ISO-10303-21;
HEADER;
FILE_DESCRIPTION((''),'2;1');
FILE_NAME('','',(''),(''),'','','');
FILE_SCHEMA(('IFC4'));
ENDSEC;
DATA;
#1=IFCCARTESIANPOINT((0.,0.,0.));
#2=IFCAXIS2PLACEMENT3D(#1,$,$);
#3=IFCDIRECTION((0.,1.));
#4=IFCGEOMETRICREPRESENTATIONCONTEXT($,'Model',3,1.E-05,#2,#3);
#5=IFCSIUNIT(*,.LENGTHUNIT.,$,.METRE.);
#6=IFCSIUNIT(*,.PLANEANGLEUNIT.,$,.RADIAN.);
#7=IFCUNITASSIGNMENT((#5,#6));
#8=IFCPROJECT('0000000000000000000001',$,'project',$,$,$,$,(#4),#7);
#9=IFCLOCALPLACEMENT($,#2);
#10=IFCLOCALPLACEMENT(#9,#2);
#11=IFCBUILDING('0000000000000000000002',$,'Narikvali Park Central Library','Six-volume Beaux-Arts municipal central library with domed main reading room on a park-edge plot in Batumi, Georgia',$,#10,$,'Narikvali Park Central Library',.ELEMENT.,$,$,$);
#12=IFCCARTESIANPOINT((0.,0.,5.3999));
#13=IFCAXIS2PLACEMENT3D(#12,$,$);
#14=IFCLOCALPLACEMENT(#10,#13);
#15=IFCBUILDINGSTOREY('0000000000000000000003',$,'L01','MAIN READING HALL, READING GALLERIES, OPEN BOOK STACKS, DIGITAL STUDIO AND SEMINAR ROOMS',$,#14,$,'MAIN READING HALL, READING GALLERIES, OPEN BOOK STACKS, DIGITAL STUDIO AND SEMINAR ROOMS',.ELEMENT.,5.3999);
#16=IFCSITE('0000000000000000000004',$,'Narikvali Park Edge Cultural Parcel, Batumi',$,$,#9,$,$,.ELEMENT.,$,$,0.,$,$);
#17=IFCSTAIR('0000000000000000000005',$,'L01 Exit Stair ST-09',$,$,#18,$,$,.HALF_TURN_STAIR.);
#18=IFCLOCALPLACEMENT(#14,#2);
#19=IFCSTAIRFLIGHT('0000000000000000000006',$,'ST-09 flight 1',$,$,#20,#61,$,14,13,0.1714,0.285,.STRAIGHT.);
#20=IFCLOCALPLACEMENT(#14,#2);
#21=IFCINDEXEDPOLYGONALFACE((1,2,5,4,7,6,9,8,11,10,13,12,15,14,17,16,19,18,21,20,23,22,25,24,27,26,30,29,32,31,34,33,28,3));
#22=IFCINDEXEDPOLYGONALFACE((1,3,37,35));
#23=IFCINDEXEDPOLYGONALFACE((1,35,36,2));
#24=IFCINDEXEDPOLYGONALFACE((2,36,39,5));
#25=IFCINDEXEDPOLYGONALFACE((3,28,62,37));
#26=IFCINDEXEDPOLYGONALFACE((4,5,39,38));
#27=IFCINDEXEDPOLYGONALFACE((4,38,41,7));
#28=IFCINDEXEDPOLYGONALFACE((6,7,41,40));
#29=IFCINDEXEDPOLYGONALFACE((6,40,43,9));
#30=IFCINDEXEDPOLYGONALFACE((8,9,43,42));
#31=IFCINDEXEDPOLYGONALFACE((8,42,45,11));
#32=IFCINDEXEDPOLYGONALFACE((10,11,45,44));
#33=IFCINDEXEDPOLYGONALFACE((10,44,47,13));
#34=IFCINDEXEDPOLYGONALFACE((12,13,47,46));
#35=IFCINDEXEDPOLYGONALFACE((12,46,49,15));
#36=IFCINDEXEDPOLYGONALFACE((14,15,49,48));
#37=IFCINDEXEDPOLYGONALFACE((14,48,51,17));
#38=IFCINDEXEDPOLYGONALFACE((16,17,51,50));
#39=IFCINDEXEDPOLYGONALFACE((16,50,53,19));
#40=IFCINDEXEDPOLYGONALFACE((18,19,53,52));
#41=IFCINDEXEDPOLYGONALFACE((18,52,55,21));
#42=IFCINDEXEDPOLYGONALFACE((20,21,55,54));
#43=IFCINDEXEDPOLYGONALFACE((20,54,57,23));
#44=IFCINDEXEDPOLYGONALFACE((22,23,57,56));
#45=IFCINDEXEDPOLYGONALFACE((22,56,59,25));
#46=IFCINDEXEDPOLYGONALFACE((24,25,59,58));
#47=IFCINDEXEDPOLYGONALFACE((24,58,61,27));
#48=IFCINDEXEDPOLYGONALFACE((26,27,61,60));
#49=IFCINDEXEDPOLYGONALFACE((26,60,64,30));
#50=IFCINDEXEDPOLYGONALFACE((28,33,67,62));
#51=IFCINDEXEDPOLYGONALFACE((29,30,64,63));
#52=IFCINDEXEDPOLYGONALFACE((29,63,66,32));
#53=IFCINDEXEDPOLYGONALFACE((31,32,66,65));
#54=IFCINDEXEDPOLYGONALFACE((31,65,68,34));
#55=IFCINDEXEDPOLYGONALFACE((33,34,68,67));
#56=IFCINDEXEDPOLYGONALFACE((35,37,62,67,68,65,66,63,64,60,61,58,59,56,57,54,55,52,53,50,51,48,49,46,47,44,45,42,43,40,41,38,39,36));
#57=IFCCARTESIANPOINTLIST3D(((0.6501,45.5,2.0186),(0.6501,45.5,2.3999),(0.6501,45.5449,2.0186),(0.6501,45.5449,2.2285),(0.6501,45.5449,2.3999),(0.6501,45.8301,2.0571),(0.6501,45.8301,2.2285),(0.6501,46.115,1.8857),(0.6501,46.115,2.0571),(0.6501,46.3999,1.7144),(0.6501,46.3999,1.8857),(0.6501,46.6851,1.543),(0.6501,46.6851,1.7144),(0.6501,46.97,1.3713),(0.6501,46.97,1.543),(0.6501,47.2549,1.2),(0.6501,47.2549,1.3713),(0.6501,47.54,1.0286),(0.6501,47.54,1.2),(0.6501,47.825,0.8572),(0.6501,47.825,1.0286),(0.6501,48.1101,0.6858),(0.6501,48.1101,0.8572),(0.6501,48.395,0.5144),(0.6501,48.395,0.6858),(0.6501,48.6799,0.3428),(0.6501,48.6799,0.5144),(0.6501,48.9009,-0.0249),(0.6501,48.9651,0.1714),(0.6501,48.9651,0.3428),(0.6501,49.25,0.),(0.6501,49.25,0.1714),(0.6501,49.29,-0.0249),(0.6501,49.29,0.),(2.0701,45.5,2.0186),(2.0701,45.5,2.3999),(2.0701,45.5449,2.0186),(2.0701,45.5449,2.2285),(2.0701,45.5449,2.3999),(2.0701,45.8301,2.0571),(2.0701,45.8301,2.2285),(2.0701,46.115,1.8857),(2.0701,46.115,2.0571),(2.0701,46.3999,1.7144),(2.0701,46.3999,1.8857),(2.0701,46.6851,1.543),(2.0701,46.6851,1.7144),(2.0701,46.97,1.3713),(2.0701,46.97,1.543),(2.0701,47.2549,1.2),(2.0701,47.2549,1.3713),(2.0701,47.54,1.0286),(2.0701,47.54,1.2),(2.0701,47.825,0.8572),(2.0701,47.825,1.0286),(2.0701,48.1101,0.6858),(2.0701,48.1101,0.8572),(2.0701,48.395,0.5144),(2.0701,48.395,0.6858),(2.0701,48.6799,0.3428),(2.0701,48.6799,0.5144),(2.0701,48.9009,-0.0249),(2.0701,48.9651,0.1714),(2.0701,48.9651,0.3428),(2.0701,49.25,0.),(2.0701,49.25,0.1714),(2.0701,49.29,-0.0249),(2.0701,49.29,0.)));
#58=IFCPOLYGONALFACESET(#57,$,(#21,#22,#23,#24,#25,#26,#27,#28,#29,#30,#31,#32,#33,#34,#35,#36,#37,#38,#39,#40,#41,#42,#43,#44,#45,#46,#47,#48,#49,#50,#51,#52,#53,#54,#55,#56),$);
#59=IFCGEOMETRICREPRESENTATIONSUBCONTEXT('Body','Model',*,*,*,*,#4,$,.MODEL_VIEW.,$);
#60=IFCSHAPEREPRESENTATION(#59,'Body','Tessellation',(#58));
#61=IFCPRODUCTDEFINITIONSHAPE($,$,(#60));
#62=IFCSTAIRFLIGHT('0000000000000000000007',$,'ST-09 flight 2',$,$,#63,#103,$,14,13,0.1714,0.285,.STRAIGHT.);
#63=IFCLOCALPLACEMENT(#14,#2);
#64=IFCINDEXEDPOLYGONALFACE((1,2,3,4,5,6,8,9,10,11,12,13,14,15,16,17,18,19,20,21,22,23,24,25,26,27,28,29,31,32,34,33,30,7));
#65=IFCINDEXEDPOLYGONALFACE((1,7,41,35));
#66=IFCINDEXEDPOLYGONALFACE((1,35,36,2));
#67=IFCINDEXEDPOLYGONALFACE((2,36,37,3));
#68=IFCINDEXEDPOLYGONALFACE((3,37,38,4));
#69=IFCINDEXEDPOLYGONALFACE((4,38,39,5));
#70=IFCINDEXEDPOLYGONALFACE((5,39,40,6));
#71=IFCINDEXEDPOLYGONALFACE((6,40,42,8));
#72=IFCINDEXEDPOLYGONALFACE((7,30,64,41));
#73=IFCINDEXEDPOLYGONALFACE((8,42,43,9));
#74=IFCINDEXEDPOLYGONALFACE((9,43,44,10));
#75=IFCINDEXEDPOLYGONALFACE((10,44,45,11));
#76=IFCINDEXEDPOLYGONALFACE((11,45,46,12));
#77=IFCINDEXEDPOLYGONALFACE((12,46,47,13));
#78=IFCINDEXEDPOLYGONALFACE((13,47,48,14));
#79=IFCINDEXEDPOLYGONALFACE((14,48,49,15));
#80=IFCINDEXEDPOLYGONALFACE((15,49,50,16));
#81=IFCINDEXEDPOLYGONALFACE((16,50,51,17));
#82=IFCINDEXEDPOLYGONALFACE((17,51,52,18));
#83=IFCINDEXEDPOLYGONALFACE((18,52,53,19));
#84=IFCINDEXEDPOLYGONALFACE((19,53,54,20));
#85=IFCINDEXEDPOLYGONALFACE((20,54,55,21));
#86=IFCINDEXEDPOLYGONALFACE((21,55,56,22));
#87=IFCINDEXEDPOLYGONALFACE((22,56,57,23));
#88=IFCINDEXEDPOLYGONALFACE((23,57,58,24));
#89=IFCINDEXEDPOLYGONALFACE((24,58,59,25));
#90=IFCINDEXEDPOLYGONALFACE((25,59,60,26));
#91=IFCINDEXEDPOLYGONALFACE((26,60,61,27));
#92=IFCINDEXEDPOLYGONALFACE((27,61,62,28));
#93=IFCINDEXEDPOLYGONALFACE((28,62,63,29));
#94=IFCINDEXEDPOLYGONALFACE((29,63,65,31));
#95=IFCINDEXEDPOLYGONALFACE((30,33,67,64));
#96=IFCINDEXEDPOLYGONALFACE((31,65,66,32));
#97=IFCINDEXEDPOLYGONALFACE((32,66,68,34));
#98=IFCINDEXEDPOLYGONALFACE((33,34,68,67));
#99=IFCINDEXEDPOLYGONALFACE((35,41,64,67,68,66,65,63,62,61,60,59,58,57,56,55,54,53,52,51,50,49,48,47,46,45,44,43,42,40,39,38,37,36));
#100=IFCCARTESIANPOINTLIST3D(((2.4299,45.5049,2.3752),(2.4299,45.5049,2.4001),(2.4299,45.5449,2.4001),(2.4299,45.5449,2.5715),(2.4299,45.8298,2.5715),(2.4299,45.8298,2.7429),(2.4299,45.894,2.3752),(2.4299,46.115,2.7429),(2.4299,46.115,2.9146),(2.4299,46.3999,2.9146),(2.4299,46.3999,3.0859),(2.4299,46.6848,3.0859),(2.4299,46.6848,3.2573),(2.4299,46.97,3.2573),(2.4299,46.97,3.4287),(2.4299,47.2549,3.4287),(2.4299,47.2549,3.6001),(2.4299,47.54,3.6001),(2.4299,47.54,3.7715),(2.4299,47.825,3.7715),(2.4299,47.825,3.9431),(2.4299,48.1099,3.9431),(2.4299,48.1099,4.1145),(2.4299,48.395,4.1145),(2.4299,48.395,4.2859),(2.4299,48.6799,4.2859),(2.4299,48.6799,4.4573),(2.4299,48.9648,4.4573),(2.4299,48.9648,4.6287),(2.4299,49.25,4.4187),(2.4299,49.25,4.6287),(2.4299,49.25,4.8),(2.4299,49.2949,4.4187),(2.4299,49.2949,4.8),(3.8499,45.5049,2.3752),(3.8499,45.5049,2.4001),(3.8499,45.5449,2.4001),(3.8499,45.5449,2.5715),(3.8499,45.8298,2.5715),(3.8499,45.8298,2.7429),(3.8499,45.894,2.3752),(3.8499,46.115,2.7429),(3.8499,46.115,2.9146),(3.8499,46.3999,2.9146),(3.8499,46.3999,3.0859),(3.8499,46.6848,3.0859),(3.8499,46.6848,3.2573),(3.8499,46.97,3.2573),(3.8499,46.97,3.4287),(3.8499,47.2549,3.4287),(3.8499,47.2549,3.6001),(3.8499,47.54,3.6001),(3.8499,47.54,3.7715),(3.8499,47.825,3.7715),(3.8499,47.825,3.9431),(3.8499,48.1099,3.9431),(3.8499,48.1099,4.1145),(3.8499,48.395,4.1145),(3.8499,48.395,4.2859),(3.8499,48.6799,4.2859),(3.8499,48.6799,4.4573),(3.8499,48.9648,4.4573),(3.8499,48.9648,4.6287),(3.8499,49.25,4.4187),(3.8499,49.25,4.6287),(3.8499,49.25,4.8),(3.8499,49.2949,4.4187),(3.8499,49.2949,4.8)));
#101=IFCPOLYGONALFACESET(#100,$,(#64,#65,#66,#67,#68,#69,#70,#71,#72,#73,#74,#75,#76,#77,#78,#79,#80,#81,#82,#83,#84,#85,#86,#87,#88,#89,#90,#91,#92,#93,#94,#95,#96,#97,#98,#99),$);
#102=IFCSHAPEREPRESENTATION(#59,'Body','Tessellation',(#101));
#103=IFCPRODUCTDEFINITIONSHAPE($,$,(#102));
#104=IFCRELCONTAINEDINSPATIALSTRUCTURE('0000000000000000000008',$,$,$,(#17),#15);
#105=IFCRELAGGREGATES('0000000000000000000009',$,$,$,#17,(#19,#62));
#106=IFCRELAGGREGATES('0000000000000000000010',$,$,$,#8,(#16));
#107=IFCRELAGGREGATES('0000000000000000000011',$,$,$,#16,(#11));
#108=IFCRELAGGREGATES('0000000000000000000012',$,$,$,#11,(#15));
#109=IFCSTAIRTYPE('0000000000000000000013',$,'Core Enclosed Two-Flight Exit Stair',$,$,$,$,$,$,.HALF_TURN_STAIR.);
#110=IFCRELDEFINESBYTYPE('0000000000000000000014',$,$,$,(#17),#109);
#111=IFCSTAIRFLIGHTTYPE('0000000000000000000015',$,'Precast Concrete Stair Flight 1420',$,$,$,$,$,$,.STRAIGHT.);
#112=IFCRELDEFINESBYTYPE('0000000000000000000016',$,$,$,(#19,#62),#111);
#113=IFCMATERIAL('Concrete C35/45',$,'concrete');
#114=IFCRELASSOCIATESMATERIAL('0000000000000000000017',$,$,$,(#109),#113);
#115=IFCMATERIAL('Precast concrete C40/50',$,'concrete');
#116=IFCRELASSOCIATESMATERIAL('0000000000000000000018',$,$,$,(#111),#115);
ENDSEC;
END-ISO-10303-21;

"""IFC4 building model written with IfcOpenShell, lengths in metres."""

from ifc_helpers import new_model, si_unit, direction, frame, origin, place, context, subcontext, project, spatial, polyline, outline, extrude, material, type_object, element, aggregate, save


model = new_model("IFC4")

# Units and contexts
model_context = context("Model", 3, precision=1e-05, world=origin(), true_north=direction((0.0, 1.0)))
body_context = subcontext(model_context, "Body", "Model", "MODEL_VIEW")
ifc_project = project(units=[si_unit("LENGTHUNIT", "METRE"), si_unit("PLANEANGLEUNIT", "RADIAN")], contexts=[model_context])

# Site, building, storey
site_placement = place(None, origin())
site = spatial("IfcSite", under=ifc_project, at=site_placement, Name="Narikvali Park Edge Cultural Parcel, Batumi", CompositionType="ELEMENT", RefElevation=0.0)
building_placement = place(site_placement, origin())
building = spatial("IfcBuilding", under=site, at=building_placement, Name="Narikvali Park Central Library", Description="Six-volume Beaux-Arts municipal central library with domed main reading room on a park-edge plot in Batumi, Georgia", LongName="Narikvali Park Central Library", CompositionType="ELEMENT")
storey_placement = place(building_placement, frame((0.0, 0.0, 5.3999)))
storey = spatial("IfcBuildingStorey", under=building, at=storey_placement, Name="L01", Description="MAIN READING HALL, READING GALLERIES, OPEN BOOK STACKS, DIGITAL STUDIO AND SEMINAR ROOMS", LongName="MAIN READING HALL, READING GALLERIES, OPEN BOOK STACKS, DIGITAL STUDIO AND SEMINAR ROOMS", CompositionType="ELEMENT", Elevation=5.3999)

# Stair, stair flights
ifc_material_1 = material(Name="Concrete C35/45", Category="concrete")
stair_type = type_object("IfcStairType", Name="Core Enclosed Two-Flight Exit Stair", PredefinedType="HALF_TURN_STAIR", material=ifc_material_1)
stair_placement = place(storey_placement, origin())
stair = element("IfcStair", 1, at=stair_placement, inside=storey, type_object=stair_type, Name="L01 Exit Stair ST-09", PredefinedType="HALF_TURN_STAIR")
ifc_material_2 = material(Name="Precast concrete C40/50", Category="concrete")
stair_flight_type = type_object("IfcStairFlightType", Name="Precast Concrete Stair Flight 1420", PredefinedType="STRAIGHT", material=ifc_material_2)
stair_flight_1_placement = place(storey_placement, frame((1.3601, 49.25, 0.0), z_axis=(0.0, 0.0, 1.0), x_axis=(0.0, -1.0, 0.0)))
stair_flight_1 = element("IfcStairFlight", 2, at=stair_flight_1_placement, type_object=stair_flight_type, Name="ST-09 flight 1", NumberOfRisers=14, NumberOfTreads=13, PredefinedType="STRAIGHT", RiserHeight=0.1714, TreadLength=0.285, context=body_context, shape_type="SweptSolid", body=[
    extrude(outline(polyline([(-0.04, -0.0249), (-0.04, 0.0), (0.0, 0.0), (0.0, 0.1714), (0.2849, 0.1714), (0.2849, 0.3428), (0.5701, 0.3428), (0.5701, 0.5144), (0.855, 0.5144), (0.855, 0.6858), (1.1399, 0.6858), (1.1399, 0.8572), (1.425, 0.8572), (1.425, 1.0286), (1.71, 1.0286), (1.71, 1.2), (1.9951, 1.2), (1.9951, 1.3713), (2.28, 1.3713), (2.28, 1.543), (2.5649, 1.543), (2.5649, 1.7144), (2.8501, 1.7144), (2.8501, 1.8857), (3.135, 1.8857), (3.135, 2.0571), (3.4199, 2.0571), (3.4199, 2.2285), (3.7051, 2.2285), (3.7051, 2.3999), (3.75, 2.3999), (3.75, 2.0186), (3.7051, 2.0186), (0.3491, -0.0249), (-0.04, -0.0249)])), frame((0.0, 0.71, 0.0), z_axis=(0.0, -1.0, 0.0), x_axis=(1.0, 0.0, 0.0)), (0.0, 0.0, 1.0), 1.4199),
])
stair_flight_2_placement = place(storey_placement, frame((3.1399, 45.5449, 2.4001), z_axis=(0.0, 0.0, 1.0), x_axis=(0.0, 1.0, 0.0)))
stair_flight_2 = element("IfcStairFlight", 3, at=stair_flight_2_placement, type_object=stair_flight_type, Name="ST-09 flight 2", NumberOfRisers=14, NumberOfTreads=13, PredefinedType="STRAIGHT", RiserHeight=0.1714, TreadLength=0.285, context=body_context, shape_type="SweptSolid", body=[
    extrude(outline(polyline([(-0.04, -0.0249), (-0.04, 0.0), (0.0, 0.0), (0.0, 0.1714), (0.2849, 0.1714), (0.2849, 0.3428), (0.5701, 0.3428), (0.5701, 0.5144), (0.855, 0.5144), (0.855, 0.6858), (1.1399, 0.6858), (1.1399, 0.8572), (1.425, 0.8572), (1.425, 1.0286), (1.71, 1.0286), (1.71, 1.2), (1.9951, 1.2), (1.9951, 1.3713), (2.28, 1.3713), (2.28, 1.543), (2.5649, 1.543), (2.5649, 1.7144), (2.8501, 1.7144), (2.8501, 1.8857), (3.135, 1.8857), (3.135, 2.0571), (3.4199, 2.0571), (3.4199, 2.2285), (3.7051, 2.2285), (3.7051, 2.3999), (3.75, 2.3999), (3.75, 2.0186), (3.7051, 2.0186), (0.3491, -0.0249), (-0.04, -0.0249)])), frame((0.0, 0.71, 0.0), z_axis=(0.0, -1.0, 0.0), x_axis=(1.0, 0.0, 0.0)), (0.0, 0.0, 1.0), 1.4199),
])
aggregate(stair, [stair_flight_1, stair_flight_2])

save(model, "model.ifc")
